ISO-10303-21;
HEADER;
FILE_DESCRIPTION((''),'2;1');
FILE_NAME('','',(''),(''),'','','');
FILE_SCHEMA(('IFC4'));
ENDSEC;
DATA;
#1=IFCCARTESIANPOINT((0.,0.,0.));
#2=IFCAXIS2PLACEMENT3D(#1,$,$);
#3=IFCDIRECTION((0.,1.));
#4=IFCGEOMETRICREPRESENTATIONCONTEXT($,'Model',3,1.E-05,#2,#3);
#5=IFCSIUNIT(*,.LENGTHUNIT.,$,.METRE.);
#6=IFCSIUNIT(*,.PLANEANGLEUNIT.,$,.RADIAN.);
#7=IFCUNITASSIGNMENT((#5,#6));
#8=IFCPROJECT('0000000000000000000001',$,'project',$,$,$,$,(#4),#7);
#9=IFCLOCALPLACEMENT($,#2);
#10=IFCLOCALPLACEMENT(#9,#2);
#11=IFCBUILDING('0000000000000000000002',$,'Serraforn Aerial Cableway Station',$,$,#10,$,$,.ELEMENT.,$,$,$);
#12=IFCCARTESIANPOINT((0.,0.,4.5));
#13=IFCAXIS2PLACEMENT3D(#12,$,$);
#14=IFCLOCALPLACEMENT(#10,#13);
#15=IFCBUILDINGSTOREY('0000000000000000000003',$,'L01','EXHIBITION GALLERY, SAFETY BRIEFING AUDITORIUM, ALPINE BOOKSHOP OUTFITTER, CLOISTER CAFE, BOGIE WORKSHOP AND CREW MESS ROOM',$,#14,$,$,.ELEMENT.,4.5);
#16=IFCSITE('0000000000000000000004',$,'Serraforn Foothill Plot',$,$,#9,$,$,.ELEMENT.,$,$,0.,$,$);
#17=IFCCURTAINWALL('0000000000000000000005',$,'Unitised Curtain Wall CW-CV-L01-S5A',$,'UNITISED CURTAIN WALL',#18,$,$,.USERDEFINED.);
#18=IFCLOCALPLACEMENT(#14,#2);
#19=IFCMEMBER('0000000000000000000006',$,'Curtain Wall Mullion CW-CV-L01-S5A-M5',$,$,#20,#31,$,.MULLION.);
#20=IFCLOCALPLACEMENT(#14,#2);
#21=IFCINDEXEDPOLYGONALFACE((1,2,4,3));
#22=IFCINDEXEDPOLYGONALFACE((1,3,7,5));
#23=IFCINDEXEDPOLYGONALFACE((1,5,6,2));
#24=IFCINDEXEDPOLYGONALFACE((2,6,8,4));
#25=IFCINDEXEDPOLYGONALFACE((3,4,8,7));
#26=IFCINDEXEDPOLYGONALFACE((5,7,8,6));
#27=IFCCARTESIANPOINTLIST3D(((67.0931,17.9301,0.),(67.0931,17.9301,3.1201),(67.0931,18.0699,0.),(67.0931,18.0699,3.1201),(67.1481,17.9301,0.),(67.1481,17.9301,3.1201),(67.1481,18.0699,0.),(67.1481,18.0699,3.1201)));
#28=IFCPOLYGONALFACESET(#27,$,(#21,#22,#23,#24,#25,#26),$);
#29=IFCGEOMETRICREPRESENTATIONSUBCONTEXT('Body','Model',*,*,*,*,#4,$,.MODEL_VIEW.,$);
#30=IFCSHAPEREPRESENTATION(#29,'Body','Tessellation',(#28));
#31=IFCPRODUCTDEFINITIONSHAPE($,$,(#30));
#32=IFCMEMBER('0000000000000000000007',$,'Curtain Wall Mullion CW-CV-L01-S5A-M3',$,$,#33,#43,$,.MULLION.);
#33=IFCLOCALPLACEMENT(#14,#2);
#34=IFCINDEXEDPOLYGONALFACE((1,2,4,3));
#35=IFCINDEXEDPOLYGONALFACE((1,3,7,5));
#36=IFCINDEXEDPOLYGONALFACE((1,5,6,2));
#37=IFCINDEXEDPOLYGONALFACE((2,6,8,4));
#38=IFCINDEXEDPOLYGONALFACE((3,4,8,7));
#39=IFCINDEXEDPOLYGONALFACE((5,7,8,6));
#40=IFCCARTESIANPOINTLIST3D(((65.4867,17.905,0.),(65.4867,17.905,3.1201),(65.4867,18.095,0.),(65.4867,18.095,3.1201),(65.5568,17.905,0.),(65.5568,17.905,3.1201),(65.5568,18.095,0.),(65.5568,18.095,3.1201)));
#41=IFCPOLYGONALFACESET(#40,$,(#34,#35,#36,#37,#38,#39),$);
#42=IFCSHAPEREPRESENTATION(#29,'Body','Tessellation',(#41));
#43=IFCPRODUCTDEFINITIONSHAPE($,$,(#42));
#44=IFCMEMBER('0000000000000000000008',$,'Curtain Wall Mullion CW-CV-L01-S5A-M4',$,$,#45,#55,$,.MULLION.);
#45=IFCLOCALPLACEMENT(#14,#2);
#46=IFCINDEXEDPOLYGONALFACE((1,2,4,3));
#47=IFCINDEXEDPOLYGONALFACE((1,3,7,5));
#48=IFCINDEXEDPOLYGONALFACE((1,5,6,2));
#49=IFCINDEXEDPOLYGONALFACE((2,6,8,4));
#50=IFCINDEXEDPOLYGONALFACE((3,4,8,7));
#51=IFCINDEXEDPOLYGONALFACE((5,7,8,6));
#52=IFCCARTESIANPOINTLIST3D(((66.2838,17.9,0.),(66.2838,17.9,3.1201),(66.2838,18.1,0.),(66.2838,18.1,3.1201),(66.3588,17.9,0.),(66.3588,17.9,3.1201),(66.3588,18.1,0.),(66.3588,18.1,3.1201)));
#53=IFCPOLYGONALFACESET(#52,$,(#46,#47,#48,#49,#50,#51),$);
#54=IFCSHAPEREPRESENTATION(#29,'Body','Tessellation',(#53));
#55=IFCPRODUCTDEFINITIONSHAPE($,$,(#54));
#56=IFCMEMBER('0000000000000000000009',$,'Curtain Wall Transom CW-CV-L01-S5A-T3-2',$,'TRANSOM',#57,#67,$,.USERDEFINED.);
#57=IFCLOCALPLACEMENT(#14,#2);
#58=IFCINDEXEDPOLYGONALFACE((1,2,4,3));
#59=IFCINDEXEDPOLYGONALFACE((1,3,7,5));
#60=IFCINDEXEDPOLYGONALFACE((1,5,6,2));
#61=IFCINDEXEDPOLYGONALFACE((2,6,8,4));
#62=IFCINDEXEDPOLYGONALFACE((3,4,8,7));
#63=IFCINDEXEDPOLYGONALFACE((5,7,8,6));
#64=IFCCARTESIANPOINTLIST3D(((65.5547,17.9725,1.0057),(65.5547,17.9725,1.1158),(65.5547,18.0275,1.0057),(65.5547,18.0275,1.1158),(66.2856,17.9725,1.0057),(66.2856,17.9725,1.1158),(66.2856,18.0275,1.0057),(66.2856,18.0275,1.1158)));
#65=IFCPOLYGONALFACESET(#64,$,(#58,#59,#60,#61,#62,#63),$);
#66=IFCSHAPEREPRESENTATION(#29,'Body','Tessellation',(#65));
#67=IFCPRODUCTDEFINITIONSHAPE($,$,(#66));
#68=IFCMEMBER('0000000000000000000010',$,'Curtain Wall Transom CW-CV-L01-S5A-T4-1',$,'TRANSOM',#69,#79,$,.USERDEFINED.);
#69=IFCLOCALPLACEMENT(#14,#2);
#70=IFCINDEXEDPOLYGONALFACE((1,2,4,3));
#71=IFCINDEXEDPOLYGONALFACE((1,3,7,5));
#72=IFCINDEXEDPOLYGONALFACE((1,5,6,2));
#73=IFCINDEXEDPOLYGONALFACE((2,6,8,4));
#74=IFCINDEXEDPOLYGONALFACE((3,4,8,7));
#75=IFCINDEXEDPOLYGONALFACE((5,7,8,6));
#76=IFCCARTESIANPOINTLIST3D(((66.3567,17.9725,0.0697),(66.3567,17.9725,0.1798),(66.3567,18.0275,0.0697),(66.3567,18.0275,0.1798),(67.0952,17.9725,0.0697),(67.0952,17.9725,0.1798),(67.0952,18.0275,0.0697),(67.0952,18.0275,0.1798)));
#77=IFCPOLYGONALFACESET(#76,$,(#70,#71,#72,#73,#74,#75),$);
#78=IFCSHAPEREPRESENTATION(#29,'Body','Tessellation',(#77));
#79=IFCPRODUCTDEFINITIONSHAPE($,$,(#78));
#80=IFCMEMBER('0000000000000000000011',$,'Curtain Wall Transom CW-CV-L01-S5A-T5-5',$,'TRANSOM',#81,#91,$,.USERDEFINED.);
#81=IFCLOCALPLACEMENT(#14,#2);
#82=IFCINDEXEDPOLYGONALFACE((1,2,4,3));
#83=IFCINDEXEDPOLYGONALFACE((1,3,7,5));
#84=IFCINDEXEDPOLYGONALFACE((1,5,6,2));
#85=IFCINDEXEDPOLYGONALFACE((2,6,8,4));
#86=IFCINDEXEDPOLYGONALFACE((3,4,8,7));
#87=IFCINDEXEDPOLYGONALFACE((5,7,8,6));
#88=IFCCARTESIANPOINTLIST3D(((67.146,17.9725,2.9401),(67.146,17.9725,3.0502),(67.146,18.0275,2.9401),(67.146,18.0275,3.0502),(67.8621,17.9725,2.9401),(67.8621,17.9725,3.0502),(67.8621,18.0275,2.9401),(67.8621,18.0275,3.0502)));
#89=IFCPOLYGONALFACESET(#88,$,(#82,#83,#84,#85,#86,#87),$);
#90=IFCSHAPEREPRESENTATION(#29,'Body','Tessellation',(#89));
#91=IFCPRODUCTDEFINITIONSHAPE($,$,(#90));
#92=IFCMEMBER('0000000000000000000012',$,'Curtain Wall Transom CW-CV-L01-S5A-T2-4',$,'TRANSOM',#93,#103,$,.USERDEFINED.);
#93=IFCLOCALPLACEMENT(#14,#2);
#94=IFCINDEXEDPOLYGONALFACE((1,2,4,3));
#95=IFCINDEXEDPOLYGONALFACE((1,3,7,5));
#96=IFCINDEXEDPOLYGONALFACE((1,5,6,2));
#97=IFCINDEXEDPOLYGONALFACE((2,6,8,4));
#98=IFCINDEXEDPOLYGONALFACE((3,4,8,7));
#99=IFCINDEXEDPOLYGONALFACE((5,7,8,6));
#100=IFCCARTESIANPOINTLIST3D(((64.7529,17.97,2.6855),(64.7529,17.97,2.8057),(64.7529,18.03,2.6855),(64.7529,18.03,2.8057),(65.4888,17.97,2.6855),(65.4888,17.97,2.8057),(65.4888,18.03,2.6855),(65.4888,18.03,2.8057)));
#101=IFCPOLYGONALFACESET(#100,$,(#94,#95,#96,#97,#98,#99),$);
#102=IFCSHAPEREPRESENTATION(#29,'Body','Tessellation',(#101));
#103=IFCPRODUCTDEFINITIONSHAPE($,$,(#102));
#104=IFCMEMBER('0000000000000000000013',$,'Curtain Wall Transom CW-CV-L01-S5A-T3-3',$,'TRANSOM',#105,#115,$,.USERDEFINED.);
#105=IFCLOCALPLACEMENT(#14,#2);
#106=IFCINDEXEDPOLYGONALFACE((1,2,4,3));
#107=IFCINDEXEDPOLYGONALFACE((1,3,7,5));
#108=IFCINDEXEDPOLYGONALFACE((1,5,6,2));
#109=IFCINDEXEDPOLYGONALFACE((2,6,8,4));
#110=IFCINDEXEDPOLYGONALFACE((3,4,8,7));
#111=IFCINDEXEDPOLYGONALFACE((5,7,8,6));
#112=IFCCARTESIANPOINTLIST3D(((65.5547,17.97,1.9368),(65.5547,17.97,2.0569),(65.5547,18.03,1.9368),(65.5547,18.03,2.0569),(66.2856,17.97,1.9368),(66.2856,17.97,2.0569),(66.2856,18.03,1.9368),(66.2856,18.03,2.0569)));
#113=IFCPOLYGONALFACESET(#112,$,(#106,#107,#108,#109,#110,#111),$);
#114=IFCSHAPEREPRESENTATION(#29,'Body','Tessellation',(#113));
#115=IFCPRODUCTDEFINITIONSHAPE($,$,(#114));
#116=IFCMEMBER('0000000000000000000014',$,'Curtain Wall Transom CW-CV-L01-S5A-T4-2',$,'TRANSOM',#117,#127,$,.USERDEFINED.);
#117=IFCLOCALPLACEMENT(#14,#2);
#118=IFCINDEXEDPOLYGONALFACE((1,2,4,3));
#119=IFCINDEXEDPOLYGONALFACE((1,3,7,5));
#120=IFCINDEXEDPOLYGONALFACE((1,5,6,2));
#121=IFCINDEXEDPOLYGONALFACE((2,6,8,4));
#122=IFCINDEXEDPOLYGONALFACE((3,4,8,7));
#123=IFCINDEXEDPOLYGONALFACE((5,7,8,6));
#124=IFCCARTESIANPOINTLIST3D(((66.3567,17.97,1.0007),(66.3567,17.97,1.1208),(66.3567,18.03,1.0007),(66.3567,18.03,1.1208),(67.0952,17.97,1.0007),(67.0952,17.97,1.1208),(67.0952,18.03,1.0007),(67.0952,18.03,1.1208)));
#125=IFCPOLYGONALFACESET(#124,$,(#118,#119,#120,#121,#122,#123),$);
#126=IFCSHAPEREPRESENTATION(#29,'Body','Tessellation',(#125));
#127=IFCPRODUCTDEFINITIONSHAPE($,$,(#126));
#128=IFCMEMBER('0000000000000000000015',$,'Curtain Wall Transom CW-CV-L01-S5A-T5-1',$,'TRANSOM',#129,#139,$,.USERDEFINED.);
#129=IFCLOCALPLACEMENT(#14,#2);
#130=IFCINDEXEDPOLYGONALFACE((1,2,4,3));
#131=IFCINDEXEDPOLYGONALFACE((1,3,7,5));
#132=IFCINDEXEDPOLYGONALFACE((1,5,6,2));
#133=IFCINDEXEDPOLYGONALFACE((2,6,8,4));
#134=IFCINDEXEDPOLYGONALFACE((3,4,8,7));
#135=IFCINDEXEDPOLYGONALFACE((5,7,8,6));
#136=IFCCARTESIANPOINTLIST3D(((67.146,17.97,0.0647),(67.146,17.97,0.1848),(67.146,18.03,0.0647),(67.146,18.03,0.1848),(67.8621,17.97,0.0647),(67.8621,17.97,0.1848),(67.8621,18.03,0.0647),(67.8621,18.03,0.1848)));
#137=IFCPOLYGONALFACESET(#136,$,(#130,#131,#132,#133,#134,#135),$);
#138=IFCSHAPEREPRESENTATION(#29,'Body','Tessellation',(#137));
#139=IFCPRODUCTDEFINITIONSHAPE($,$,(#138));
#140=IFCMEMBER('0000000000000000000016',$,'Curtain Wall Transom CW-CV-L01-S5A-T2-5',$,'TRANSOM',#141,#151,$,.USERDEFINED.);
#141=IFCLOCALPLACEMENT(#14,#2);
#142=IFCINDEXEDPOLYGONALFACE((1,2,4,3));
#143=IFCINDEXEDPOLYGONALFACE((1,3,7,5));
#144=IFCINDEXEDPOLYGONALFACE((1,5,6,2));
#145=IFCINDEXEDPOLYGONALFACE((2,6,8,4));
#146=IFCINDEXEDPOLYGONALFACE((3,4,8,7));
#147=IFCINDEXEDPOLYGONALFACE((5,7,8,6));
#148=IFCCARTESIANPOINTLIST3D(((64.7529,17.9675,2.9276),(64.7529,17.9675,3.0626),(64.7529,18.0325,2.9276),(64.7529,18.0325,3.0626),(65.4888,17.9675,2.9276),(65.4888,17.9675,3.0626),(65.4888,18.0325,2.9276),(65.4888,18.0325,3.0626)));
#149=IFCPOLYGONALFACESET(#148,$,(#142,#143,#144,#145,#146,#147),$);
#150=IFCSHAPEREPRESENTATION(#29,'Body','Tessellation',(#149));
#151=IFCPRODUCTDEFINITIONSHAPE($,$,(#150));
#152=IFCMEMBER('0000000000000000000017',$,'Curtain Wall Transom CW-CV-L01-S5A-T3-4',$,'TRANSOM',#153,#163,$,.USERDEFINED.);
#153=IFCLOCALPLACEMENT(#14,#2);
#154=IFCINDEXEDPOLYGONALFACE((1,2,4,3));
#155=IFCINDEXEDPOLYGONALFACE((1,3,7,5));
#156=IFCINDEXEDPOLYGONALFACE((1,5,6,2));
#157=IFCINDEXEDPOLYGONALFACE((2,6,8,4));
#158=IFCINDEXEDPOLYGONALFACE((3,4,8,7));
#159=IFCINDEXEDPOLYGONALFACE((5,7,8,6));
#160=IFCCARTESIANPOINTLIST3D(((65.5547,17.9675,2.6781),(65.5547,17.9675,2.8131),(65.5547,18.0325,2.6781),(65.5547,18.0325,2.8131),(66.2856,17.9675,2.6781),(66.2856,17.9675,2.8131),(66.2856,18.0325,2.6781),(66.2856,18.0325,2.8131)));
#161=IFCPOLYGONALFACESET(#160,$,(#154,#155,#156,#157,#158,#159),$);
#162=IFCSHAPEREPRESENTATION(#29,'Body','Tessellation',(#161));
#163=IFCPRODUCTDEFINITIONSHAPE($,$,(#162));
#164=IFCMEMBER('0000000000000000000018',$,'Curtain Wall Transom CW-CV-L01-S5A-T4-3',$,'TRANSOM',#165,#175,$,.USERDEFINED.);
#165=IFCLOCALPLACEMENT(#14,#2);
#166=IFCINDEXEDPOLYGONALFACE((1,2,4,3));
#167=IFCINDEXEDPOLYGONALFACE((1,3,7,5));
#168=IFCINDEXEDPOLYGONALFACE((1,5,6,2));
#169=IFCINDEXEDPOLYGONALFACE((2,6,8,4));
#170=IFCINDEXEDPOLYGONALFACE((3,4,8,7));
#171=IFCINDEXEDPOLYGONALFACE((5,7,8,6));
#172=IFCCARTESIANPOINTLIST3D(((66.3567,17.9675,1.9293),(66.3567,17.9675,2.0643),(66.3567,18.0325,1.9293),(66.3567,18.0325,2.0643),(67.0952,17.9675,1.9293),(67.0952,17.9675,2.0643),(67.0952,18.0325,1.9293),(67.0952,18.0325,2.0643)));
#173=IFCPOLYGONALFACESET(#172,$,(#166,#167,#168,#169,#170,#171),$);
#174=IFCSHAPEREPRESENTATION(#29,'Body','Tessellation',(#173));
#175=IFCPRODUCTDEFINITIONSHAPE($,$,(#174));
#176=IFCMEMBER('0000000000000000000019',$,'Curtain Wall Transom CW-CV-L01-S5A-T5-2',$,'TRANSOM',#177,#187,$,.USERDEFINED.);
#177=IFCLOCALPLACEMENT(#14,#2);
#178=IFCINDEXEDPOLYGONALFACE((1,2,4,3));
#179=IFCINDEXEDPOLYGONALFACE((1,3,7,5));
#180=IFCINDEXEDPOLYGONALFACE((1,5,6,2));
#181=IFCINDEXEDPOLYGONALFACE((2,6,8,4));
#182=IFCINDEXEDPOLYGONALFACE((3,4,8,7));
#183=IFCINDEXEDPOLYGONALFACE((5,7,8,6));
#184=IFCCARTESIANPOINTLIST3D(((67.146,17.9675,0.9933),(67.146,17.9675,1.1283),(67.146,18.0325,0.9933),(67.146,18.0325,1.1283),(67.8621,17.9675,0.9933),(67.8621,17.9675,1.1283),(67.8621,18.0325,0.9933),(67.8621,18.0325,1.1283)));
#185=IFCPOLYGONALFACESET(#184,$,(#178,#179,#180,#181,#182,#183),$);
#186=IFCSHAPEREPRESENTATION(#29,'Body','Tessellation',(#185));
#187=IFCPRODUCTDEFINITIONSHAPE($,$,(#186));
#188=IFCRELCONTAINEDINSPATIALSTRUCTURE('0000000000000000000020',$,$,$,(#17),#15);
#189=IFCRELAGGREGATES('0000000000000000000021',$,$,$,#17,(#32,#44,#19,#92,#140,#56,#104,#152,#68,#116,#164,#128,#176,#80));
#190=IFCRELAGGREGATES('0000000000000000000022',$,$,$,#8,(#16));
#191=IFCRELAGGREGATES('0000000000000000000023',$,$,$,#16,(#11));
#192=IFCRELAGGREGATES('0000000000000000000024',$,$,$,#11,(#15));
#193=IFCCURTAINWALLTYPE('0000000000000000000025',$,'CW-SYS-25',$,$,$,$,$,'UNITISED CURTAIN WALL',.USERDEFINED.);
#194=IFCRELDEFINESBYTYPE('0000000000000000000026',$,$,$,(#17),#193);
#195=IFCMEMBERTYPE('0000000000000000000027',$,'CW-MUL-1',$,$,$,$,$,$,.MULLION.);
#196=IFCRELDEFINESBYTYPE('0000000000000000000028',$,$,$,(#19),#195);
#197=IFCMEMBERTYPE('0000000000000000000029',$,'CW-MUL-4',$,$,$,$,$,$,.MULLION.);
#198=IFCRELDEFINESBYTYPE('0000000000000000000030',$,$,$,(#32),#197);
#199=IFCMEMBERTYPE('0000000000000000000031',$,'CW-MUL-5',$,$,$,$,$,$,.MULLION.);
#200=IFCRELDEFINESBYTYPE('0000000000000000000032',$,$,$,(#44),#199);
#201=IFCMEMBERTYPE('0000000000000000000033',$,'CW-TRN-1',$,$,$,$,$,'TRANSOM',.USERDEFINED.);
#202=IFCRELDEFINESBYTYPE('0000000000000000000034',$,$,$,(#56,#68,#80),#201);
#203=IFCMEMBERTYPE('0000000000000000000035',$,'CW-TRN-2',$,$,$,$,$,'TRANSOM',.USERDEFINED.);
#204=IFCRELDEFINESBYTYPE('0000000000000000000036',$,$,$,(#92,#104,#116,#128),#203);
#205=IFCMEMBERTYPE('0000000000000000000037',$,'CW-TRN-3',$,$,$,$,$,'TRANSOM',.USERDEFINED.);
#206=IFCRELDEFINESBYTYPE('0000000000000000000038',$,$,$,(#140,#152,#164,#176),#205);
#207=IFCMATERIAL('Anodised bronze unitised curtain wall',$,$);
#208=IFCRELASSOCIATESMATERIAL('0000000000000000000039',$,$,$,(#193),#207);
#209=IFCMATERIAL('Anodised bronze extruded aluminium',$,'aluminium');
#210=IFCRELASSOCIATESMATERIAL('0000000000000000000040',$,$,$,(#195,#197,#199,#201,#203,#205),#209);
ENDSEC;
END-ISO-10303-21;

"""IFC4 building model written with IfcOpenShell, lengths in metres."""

from ifc_helpers import new_model, si_unit, direction, frame, origin, origin_2d, place, context, subcontext, project, spatial, rectangle, extrude, material, material_profile, profile_set, type_object, element, aggregate, save


model = new_model("IFC4")

# Units and contexts
model_context = context("Model", 3, precision=1e-05, world=origin(), true_north=direction((0.0, 1.0)))
body_context = subcontext(model_context, "Body", "Model", "MODEL_VIEW")
ifc_project = project(units=[si_unit("LENGTHUNIT", "METRE"), si_unit("PLANEANGLEUNIT", "RADIAN")], contexts=[model_context])

# Site, building, storey
site_placement = place(None, origin())
site = spatial("IfcSite", under=ifc_project, at=site_placement, Name="Serraforn Foothill Plot", CompositionType="ELEMENT", RefElevation=0.0)
building_placement = place(site_placement, origin())
building = spatial("IfcBuilding", under=site, at=building_placement, Name="Serraforn Aerial Cableway Station", CompositionType="ELEMENT")
storey_placement = place(building_placement, frame((0.0, 0.0, 4.5)))
storey = spatial("IfcBuildingStorey", under=building, at=storey_placement, Name="L01", Description="EXHIBITION GALLERY, SAFETY BRIEFING AUDITORIUM, ALPINE BOOKSHOP OUTFITTER, CLOISTER CAFE, BOGIE WORKSHOP AND CREW MESS ROOM", CompositionType="ELEMENT", Elevation=4.5)

# Curtain wall, members
ifc_material_1 = material(Name="Anodised bronze unitised curtain wall")
curtain_wall_type = type_object("IfcCurtainWallType", Name="CW-SYS-25", ElementType="UNITISED CURTAIN WALL", PredefinedType="USERDEFINED", material=ifc_material_1)
curtain_wall_placement = place(storey_placement, origin())
curtain_wall = element("IfcCurtainWall", 1, at=curtain_wall_placement, inside=storey, type_object=curtain_wall_type, Name="Unitised Curtain Wall CW-CV-L01-S5A", ObjectType="UNITISED CURTAIN WALL", PredefinedType="USERDEFINED")
ifc_material_2 = material(Name="Anodised bronze extruded aluminium", Category="aluminium")
ifc_material_profile_1 = material_profile(ifc_material_2, rectangle(XDim=0.0549, YDim=0.1399, at=origin_2d()), Name="CW MULLION 55x140")
ifc_profile_set_1 = profile_set([ifc_material_profile_1], Name="Anodised bronze extruded aluminium")
member_type_1 = type_object("IfcMemberType", Name="CW-MUL-1", PredefinedType="MULLION", material=ifc_profile_set_1)
member_1_placement = place(storey_placement, frame((67.1206, 18.0, 0.0), z_axis=(0.0, 0.0, 1.0), x_axis=(1.0, 0.0, 0.0)))
member_1 = element("IfcMember", 2, at=member_1_placement, type_object=member_type_1, Name="Curtain Wall Mullion CW-CV-L01-S5A-M5", PredefinedType="MULLION", context=body_context, shape_type="SweptSolid", body=[
    extrude(rectangle(XDim=0.0549, YDim=0.1399, at=origin_2d()), origin(), (0.0, 0.0, 1.0), 3.1201),
])
ifc_material_profile_2 = material_profile(ifc_material_2, rectangle(XDim=0.0701, YDim=0.1899, at=origin_2d()), Name="CW MULLION 70x190")
ifc_profile_set_2 = profile_set([ifc_material_profile_2], Name="Anodised bronze extruded aluminium")
member_type_2 = type_object("IfcMemberType", Name="CW-MUL-4", PredefinedType="MULLION", material=ifc_profile_set_2)
member_2_placement = place(storey_placement, frame((65.5217, 18.0, 0.0), z_axis=(0.0, 0.0, 1.0), x_axis=(1.0, 0.0, 0.0)))
member_2 = element("IfcMember", 3, at=member_2_placement, type_object=member_type_2, Name="Curtain Wall Mullion CW-CV-L01-S5A-M3", PredefinedType="MULLION", context=body_context, shape_type="SweptSolid", body=[
    extrude(rectangle(XDim=0.0701, YDim=0.1899, at=origin_2d()), origin(), (0.0, 0.0, 1.0), 3.1201),
])
ifc_material_profile_3 = material_profile(ifc_material_2, rectangle(XDim=0.075, YDim=0.2, at=origin_2d()), Name="CW MULLION 75x200")
ifc_profile_set_3 = profile_set([ifc_material_profile_3], Name="Anodised bronze extruded aluminium")
member_type_3 = type_object("IfcMemberType", Name="CW-MUL-5", PredefinedType="MULLION", material=ifc_profile_set_3)
member_3_placement = place(storey_placement, frame((66.3213, 18.0, 0.0), z_axis=(0.0, 0.0, 1.0), x_axis=(1.0, 0.0, 0.0)))
member_3 = element("IfcMember", 4, at=member_3_placement, type_object=member_type_3, Name="Curtain Wall Mullion CW-CV-L01-S5A-M4", PredefinedType="MULLION", context=body_context, shape_type="SweptSolid", body=[
    extrude(rectangle(XDim=0.075, YDim=0.2, at=origin_2d()), origin(), (0.0, 0.0, 1.0), 3.1201),
])
ifc_material_profile_4 = material_profile(ifc_material_2, rectangle(XDim=0.0549, YDim=0.1101, at=origin_2d()), Name="CW TRANSOM 55x110")
ifc_profile_set_4 = profile_set([ifc_material_profile_4], Name="Anodised bronze extruded aluminium")
member_type_4 = type_object("IfcMemberType", Name="CW-TRN-1", ElementType="TRANSOM", PredefinedType="USERDEFINED", material=ifc_profile_set_4)
member_4_placement = place(storey_placement, frame((65.5547, 18.0, 1.0608), z_axis=(1.0, 0.0, 0.0), x_axis=(0.0, 1.0, 0.0)))
member_4 = element("IfcMember", 5, at=member_4_placement, type_object=member_type_4, Name="Curtain Wall Transom CW-CV-L01-S5A-T3-2", ObjectType="TRANSOM", PredefinedType="USERDEFINED", context=body_context, shape_type="SweptSolid", body=[
    extrude(rectangle(XDim=0.0549, YDim=0.1101, at=origin_2d()), origin(), (0.0, 0.0, 1.0), 0.731),
])
member_5_placement = place(storey_placement, frame((66.3567, 18.0, 0.1248), z_axis=(1.0, 0.0, 0.0), x_axis=(0.0, 1.0, 0.0)))
member_5 = element("IfcMember", 6, at=member_5_placement, type_object=member_type_4, Name="Curtain Wall Transom CW-CV-L01-S5A-T4-1", ObjectType="TRANSOM", PredefinedType="USERDEFINED", context=body_context, shape_type="SweptSolid", body=[
    extrude(rectangle(XDim=0.0549, YDim=0.1101, at=origin_2d()), origin(), (0.0, 0.0, 1.0), 0.7385),
])
member_6_placement = place(storey_placement, frame((67.146, 18.0, 2.9951), z_axis=(1.0, 0.0, 0.0), x_axis=(0.0, 1.0, 0.0)))
member_6 = element("IfcMember", 7, at=member_6_placement, type_object=member_type_4, Name="Curtain Wall Transom CW-CV-L01-S5A-T5-5", ObjectType="TRANSOM", PredefinedType="USERDEFINED", context=body_context, shape_type="SweptSolid", body=[
    extrude(rectangle(XDim=0.0549, YDim=0.1101, at=origin_2d()), origin(), (0.0, 0.0, 1.0), 0.7161),
])
ifc_material_profile_5 = material_profile(ifc_material_2, rectangle(XDim=0.0601, YDim=0.1201, at=origin_2d()), Name="CW TRANSOM 60x120")
ifc_profile_set_5 = profile_set([ifc_material_profile_5], Name="Anodised bronze extruded aluminium")
member_type_5 = type_object("IfcMemberType", Name="CW-TRN-2", ElementType="TRANSOM", PredefinedType="USERDEFINED", material=ifc_profile_set_5)
member_7_placement = place(storey_placement, frame((64.7529, 18.0, 2.7456), z_axis=(1.0, 0.0, 0.0), x_axis=(0.0, 1.0, 0.0)))
member_7 = element("IfcMember", 8, at=member_7_placement, type_object=member_type_5, Name="Curtain Wall Transom CW-CV-L01-S5A-T2-4", ObjectType="TRANSOM", PredefinedType="USERDEFINED", context=body_context, shape_type="SweptSolid", body=[
    extrude(rectangle(XDim=0.0601, YDim=0.1201, at=origin_2d()), origin(), (0.0, 0.0, 1.0), 0.7358),
])
member_8_placement = place(storey_placement, frame((65.5547, 18.0, 1.9968), z_axis=(1.0, 0.0, 0.0), x_axis=(0.0, 1.0, 0.0)))
member_8 = element("IfcMember", 9, at=member_8_placement, type_object=member_type_5, Name="Curtain Wall Transom CW-CV-L01-S5A-T3-3", ObjectType="TRANSOM", PredefinedType="USERDEFINED", context=body_context, shape_type="SweptSolid", body=[
    extrude(rectangle(XDim=0.0601, YDim=0.1201, at=origin_2d()), origin(), (0.0, 0.0, 1.0), 0.731),
])
member_9_placement = place(storey_placement, frame((66.3567, 18.0, 1.0608), z_axis=(1.0, 0.0, 0.0), x_axis=(0.0, 1.0, 0.0)))
member_9 = element("IfcMember", 10, at=member_9_placement, type_object=member_type_5, Name="Curtain Wall Transom CW-CV-L01-S5A-T4-2", ObjectType="TRANSOM", PredefinedType="USERDEFINED", context=body_context, shape_type="SweptSolid", body=[
    extrude(rectangle(XDim=0.0601, YDim=0.1201, at=origin_2d()), origin(), (0.0, 0.0, 1.0), 0.7385),
])
member_10_placement = place(storey_placement, frame((67.146, 18.0, 0.1248), z_axis=(1.0, 0.0, 0.0), x_axis=(0.0, 1.0, 0.0)))
member_10 = element("IfcMember", 11, at=member_10_placement, type_object=member_type_5, Name="Curtain Wall Transom CW-CV-L01-S5A-T5-1", ObjectType="TRANSOM", PredefinedType="USERDEFINED", context=body_context, shape_type="SweptSolid", body=[
    extrude(rectangle(XDim=0.0601, YDim=0.1201, at=origin_2d()), origin(), (0.0, 0.0, 1.0), 0.7161),
])
ifc_material_profile_6 = material_profile(ifc_material_2, rectangle(XDim=0.0649, YDim=0.135, at=origin_2d()), Name="CW TRANSOM 65x135")
ifc_profile_set_6 = profile_set([ifc_material_profile_6], Name="Anodised bronze extruded aluminium")
member_type_6 = type_object("IfcMemberType", Name="CW-TRN-3", ElementType="TRANSOM", PredefinedType="USERDEFINED", material=ifc_profile_set_6)
member_11_placement = place(storey_placement, frame((64.7529, 18.0, 2.9951), z_axis=(1.0, 0.0, 0.0), x_axis=(0.0, 1.0, 0.0)))
member_11 = element("IfcMember", 12, at=member_11_placement, type_object=member_type_6, Name="Curtain Wall Transom CW-CV-L01-S5A-T2-5", ObjectType="TRANSOM", PredefinedType="USERDEFINED", context=body_context, shape_type="SweptSolid", body=[
    extrude(rectangle(XDim=0.0649, YDim=0.135, at=origin_2d()), origin(), (0.0, 0.0, 1.0), 0.7358),
])
member_12_placement = place(storey_placement, frame((65.5547, 18.0, 2.7456), z_axis=(1.0, 0.0, 0.0), x_axis=(0.0, 1.0, 0.0)))
member_12 = element("IfcMember", 13, at=member_12_placement, type_object=member_type_6, Name="Curtain Wall Transom CW-CV-L01-S5A-T3-4", ObjectType="TRANSOM", PredefinedType="USERDEFINED", context=body_context, shape_type="SweptSolid", body=[
    extrude(rectangle(XDim=0.0649, YDim=0.135, at=origin_2d()), origin(), (0.0, 0.0, 1.0), 0.731),
])
member_13_placement = place(storey_placement, frame((66.3567, 18.0, 1.9968), z_axis=(1.0, 0.0, 0.0), x_axis=(0.0, 1.0, 0.0)))
member_13 = element("IfcMember", 14, at=member_13_placement, type_object=member_type_6, Name="Curtain Wall Transom CW-CV-L01-S5A-T4-3", ObjectType="TRANSOM", PredefinedType="USERDEFINED", context=body_context, shape_type="SweptSolid", body=[
    extrude(rectangle(XDim=0.0649, YDim=0.135, at=origin_2d()), origin(), (0.0, 0.0, 1.0), 0.7385),
])
member_14_placement = place(storey_placement, frame((67.146, 18.0, 1.0608), z_axis=(1.0, 0.0, 0.0), x_axis=(0.0, 1.0, 0.0)))
member_14 = element("IfcMember", 15, at=member_14_placement, type_object=member_type_6, Name="Curtain Wall Transom CW-CV-L01-S5A-T5-2", ObjectType="TRANSOM", PredefinedType="USERDEFINED", context=body_context, shape_type="SweptSolid", body=[
    extrude(rectangle(XDim=0.0649, YDim=0.135, at=origin_2d()), origin(), (0.0, 0.0, 1.0), 0.7161),
])
aggregate(curtain_wall, [member_2, member_3, member_1, member_7, member_11, member_4, member_8, member_12, member_5, member_9, member_13, member_10, member_14, member_6])

save(model, "model.ifc")
